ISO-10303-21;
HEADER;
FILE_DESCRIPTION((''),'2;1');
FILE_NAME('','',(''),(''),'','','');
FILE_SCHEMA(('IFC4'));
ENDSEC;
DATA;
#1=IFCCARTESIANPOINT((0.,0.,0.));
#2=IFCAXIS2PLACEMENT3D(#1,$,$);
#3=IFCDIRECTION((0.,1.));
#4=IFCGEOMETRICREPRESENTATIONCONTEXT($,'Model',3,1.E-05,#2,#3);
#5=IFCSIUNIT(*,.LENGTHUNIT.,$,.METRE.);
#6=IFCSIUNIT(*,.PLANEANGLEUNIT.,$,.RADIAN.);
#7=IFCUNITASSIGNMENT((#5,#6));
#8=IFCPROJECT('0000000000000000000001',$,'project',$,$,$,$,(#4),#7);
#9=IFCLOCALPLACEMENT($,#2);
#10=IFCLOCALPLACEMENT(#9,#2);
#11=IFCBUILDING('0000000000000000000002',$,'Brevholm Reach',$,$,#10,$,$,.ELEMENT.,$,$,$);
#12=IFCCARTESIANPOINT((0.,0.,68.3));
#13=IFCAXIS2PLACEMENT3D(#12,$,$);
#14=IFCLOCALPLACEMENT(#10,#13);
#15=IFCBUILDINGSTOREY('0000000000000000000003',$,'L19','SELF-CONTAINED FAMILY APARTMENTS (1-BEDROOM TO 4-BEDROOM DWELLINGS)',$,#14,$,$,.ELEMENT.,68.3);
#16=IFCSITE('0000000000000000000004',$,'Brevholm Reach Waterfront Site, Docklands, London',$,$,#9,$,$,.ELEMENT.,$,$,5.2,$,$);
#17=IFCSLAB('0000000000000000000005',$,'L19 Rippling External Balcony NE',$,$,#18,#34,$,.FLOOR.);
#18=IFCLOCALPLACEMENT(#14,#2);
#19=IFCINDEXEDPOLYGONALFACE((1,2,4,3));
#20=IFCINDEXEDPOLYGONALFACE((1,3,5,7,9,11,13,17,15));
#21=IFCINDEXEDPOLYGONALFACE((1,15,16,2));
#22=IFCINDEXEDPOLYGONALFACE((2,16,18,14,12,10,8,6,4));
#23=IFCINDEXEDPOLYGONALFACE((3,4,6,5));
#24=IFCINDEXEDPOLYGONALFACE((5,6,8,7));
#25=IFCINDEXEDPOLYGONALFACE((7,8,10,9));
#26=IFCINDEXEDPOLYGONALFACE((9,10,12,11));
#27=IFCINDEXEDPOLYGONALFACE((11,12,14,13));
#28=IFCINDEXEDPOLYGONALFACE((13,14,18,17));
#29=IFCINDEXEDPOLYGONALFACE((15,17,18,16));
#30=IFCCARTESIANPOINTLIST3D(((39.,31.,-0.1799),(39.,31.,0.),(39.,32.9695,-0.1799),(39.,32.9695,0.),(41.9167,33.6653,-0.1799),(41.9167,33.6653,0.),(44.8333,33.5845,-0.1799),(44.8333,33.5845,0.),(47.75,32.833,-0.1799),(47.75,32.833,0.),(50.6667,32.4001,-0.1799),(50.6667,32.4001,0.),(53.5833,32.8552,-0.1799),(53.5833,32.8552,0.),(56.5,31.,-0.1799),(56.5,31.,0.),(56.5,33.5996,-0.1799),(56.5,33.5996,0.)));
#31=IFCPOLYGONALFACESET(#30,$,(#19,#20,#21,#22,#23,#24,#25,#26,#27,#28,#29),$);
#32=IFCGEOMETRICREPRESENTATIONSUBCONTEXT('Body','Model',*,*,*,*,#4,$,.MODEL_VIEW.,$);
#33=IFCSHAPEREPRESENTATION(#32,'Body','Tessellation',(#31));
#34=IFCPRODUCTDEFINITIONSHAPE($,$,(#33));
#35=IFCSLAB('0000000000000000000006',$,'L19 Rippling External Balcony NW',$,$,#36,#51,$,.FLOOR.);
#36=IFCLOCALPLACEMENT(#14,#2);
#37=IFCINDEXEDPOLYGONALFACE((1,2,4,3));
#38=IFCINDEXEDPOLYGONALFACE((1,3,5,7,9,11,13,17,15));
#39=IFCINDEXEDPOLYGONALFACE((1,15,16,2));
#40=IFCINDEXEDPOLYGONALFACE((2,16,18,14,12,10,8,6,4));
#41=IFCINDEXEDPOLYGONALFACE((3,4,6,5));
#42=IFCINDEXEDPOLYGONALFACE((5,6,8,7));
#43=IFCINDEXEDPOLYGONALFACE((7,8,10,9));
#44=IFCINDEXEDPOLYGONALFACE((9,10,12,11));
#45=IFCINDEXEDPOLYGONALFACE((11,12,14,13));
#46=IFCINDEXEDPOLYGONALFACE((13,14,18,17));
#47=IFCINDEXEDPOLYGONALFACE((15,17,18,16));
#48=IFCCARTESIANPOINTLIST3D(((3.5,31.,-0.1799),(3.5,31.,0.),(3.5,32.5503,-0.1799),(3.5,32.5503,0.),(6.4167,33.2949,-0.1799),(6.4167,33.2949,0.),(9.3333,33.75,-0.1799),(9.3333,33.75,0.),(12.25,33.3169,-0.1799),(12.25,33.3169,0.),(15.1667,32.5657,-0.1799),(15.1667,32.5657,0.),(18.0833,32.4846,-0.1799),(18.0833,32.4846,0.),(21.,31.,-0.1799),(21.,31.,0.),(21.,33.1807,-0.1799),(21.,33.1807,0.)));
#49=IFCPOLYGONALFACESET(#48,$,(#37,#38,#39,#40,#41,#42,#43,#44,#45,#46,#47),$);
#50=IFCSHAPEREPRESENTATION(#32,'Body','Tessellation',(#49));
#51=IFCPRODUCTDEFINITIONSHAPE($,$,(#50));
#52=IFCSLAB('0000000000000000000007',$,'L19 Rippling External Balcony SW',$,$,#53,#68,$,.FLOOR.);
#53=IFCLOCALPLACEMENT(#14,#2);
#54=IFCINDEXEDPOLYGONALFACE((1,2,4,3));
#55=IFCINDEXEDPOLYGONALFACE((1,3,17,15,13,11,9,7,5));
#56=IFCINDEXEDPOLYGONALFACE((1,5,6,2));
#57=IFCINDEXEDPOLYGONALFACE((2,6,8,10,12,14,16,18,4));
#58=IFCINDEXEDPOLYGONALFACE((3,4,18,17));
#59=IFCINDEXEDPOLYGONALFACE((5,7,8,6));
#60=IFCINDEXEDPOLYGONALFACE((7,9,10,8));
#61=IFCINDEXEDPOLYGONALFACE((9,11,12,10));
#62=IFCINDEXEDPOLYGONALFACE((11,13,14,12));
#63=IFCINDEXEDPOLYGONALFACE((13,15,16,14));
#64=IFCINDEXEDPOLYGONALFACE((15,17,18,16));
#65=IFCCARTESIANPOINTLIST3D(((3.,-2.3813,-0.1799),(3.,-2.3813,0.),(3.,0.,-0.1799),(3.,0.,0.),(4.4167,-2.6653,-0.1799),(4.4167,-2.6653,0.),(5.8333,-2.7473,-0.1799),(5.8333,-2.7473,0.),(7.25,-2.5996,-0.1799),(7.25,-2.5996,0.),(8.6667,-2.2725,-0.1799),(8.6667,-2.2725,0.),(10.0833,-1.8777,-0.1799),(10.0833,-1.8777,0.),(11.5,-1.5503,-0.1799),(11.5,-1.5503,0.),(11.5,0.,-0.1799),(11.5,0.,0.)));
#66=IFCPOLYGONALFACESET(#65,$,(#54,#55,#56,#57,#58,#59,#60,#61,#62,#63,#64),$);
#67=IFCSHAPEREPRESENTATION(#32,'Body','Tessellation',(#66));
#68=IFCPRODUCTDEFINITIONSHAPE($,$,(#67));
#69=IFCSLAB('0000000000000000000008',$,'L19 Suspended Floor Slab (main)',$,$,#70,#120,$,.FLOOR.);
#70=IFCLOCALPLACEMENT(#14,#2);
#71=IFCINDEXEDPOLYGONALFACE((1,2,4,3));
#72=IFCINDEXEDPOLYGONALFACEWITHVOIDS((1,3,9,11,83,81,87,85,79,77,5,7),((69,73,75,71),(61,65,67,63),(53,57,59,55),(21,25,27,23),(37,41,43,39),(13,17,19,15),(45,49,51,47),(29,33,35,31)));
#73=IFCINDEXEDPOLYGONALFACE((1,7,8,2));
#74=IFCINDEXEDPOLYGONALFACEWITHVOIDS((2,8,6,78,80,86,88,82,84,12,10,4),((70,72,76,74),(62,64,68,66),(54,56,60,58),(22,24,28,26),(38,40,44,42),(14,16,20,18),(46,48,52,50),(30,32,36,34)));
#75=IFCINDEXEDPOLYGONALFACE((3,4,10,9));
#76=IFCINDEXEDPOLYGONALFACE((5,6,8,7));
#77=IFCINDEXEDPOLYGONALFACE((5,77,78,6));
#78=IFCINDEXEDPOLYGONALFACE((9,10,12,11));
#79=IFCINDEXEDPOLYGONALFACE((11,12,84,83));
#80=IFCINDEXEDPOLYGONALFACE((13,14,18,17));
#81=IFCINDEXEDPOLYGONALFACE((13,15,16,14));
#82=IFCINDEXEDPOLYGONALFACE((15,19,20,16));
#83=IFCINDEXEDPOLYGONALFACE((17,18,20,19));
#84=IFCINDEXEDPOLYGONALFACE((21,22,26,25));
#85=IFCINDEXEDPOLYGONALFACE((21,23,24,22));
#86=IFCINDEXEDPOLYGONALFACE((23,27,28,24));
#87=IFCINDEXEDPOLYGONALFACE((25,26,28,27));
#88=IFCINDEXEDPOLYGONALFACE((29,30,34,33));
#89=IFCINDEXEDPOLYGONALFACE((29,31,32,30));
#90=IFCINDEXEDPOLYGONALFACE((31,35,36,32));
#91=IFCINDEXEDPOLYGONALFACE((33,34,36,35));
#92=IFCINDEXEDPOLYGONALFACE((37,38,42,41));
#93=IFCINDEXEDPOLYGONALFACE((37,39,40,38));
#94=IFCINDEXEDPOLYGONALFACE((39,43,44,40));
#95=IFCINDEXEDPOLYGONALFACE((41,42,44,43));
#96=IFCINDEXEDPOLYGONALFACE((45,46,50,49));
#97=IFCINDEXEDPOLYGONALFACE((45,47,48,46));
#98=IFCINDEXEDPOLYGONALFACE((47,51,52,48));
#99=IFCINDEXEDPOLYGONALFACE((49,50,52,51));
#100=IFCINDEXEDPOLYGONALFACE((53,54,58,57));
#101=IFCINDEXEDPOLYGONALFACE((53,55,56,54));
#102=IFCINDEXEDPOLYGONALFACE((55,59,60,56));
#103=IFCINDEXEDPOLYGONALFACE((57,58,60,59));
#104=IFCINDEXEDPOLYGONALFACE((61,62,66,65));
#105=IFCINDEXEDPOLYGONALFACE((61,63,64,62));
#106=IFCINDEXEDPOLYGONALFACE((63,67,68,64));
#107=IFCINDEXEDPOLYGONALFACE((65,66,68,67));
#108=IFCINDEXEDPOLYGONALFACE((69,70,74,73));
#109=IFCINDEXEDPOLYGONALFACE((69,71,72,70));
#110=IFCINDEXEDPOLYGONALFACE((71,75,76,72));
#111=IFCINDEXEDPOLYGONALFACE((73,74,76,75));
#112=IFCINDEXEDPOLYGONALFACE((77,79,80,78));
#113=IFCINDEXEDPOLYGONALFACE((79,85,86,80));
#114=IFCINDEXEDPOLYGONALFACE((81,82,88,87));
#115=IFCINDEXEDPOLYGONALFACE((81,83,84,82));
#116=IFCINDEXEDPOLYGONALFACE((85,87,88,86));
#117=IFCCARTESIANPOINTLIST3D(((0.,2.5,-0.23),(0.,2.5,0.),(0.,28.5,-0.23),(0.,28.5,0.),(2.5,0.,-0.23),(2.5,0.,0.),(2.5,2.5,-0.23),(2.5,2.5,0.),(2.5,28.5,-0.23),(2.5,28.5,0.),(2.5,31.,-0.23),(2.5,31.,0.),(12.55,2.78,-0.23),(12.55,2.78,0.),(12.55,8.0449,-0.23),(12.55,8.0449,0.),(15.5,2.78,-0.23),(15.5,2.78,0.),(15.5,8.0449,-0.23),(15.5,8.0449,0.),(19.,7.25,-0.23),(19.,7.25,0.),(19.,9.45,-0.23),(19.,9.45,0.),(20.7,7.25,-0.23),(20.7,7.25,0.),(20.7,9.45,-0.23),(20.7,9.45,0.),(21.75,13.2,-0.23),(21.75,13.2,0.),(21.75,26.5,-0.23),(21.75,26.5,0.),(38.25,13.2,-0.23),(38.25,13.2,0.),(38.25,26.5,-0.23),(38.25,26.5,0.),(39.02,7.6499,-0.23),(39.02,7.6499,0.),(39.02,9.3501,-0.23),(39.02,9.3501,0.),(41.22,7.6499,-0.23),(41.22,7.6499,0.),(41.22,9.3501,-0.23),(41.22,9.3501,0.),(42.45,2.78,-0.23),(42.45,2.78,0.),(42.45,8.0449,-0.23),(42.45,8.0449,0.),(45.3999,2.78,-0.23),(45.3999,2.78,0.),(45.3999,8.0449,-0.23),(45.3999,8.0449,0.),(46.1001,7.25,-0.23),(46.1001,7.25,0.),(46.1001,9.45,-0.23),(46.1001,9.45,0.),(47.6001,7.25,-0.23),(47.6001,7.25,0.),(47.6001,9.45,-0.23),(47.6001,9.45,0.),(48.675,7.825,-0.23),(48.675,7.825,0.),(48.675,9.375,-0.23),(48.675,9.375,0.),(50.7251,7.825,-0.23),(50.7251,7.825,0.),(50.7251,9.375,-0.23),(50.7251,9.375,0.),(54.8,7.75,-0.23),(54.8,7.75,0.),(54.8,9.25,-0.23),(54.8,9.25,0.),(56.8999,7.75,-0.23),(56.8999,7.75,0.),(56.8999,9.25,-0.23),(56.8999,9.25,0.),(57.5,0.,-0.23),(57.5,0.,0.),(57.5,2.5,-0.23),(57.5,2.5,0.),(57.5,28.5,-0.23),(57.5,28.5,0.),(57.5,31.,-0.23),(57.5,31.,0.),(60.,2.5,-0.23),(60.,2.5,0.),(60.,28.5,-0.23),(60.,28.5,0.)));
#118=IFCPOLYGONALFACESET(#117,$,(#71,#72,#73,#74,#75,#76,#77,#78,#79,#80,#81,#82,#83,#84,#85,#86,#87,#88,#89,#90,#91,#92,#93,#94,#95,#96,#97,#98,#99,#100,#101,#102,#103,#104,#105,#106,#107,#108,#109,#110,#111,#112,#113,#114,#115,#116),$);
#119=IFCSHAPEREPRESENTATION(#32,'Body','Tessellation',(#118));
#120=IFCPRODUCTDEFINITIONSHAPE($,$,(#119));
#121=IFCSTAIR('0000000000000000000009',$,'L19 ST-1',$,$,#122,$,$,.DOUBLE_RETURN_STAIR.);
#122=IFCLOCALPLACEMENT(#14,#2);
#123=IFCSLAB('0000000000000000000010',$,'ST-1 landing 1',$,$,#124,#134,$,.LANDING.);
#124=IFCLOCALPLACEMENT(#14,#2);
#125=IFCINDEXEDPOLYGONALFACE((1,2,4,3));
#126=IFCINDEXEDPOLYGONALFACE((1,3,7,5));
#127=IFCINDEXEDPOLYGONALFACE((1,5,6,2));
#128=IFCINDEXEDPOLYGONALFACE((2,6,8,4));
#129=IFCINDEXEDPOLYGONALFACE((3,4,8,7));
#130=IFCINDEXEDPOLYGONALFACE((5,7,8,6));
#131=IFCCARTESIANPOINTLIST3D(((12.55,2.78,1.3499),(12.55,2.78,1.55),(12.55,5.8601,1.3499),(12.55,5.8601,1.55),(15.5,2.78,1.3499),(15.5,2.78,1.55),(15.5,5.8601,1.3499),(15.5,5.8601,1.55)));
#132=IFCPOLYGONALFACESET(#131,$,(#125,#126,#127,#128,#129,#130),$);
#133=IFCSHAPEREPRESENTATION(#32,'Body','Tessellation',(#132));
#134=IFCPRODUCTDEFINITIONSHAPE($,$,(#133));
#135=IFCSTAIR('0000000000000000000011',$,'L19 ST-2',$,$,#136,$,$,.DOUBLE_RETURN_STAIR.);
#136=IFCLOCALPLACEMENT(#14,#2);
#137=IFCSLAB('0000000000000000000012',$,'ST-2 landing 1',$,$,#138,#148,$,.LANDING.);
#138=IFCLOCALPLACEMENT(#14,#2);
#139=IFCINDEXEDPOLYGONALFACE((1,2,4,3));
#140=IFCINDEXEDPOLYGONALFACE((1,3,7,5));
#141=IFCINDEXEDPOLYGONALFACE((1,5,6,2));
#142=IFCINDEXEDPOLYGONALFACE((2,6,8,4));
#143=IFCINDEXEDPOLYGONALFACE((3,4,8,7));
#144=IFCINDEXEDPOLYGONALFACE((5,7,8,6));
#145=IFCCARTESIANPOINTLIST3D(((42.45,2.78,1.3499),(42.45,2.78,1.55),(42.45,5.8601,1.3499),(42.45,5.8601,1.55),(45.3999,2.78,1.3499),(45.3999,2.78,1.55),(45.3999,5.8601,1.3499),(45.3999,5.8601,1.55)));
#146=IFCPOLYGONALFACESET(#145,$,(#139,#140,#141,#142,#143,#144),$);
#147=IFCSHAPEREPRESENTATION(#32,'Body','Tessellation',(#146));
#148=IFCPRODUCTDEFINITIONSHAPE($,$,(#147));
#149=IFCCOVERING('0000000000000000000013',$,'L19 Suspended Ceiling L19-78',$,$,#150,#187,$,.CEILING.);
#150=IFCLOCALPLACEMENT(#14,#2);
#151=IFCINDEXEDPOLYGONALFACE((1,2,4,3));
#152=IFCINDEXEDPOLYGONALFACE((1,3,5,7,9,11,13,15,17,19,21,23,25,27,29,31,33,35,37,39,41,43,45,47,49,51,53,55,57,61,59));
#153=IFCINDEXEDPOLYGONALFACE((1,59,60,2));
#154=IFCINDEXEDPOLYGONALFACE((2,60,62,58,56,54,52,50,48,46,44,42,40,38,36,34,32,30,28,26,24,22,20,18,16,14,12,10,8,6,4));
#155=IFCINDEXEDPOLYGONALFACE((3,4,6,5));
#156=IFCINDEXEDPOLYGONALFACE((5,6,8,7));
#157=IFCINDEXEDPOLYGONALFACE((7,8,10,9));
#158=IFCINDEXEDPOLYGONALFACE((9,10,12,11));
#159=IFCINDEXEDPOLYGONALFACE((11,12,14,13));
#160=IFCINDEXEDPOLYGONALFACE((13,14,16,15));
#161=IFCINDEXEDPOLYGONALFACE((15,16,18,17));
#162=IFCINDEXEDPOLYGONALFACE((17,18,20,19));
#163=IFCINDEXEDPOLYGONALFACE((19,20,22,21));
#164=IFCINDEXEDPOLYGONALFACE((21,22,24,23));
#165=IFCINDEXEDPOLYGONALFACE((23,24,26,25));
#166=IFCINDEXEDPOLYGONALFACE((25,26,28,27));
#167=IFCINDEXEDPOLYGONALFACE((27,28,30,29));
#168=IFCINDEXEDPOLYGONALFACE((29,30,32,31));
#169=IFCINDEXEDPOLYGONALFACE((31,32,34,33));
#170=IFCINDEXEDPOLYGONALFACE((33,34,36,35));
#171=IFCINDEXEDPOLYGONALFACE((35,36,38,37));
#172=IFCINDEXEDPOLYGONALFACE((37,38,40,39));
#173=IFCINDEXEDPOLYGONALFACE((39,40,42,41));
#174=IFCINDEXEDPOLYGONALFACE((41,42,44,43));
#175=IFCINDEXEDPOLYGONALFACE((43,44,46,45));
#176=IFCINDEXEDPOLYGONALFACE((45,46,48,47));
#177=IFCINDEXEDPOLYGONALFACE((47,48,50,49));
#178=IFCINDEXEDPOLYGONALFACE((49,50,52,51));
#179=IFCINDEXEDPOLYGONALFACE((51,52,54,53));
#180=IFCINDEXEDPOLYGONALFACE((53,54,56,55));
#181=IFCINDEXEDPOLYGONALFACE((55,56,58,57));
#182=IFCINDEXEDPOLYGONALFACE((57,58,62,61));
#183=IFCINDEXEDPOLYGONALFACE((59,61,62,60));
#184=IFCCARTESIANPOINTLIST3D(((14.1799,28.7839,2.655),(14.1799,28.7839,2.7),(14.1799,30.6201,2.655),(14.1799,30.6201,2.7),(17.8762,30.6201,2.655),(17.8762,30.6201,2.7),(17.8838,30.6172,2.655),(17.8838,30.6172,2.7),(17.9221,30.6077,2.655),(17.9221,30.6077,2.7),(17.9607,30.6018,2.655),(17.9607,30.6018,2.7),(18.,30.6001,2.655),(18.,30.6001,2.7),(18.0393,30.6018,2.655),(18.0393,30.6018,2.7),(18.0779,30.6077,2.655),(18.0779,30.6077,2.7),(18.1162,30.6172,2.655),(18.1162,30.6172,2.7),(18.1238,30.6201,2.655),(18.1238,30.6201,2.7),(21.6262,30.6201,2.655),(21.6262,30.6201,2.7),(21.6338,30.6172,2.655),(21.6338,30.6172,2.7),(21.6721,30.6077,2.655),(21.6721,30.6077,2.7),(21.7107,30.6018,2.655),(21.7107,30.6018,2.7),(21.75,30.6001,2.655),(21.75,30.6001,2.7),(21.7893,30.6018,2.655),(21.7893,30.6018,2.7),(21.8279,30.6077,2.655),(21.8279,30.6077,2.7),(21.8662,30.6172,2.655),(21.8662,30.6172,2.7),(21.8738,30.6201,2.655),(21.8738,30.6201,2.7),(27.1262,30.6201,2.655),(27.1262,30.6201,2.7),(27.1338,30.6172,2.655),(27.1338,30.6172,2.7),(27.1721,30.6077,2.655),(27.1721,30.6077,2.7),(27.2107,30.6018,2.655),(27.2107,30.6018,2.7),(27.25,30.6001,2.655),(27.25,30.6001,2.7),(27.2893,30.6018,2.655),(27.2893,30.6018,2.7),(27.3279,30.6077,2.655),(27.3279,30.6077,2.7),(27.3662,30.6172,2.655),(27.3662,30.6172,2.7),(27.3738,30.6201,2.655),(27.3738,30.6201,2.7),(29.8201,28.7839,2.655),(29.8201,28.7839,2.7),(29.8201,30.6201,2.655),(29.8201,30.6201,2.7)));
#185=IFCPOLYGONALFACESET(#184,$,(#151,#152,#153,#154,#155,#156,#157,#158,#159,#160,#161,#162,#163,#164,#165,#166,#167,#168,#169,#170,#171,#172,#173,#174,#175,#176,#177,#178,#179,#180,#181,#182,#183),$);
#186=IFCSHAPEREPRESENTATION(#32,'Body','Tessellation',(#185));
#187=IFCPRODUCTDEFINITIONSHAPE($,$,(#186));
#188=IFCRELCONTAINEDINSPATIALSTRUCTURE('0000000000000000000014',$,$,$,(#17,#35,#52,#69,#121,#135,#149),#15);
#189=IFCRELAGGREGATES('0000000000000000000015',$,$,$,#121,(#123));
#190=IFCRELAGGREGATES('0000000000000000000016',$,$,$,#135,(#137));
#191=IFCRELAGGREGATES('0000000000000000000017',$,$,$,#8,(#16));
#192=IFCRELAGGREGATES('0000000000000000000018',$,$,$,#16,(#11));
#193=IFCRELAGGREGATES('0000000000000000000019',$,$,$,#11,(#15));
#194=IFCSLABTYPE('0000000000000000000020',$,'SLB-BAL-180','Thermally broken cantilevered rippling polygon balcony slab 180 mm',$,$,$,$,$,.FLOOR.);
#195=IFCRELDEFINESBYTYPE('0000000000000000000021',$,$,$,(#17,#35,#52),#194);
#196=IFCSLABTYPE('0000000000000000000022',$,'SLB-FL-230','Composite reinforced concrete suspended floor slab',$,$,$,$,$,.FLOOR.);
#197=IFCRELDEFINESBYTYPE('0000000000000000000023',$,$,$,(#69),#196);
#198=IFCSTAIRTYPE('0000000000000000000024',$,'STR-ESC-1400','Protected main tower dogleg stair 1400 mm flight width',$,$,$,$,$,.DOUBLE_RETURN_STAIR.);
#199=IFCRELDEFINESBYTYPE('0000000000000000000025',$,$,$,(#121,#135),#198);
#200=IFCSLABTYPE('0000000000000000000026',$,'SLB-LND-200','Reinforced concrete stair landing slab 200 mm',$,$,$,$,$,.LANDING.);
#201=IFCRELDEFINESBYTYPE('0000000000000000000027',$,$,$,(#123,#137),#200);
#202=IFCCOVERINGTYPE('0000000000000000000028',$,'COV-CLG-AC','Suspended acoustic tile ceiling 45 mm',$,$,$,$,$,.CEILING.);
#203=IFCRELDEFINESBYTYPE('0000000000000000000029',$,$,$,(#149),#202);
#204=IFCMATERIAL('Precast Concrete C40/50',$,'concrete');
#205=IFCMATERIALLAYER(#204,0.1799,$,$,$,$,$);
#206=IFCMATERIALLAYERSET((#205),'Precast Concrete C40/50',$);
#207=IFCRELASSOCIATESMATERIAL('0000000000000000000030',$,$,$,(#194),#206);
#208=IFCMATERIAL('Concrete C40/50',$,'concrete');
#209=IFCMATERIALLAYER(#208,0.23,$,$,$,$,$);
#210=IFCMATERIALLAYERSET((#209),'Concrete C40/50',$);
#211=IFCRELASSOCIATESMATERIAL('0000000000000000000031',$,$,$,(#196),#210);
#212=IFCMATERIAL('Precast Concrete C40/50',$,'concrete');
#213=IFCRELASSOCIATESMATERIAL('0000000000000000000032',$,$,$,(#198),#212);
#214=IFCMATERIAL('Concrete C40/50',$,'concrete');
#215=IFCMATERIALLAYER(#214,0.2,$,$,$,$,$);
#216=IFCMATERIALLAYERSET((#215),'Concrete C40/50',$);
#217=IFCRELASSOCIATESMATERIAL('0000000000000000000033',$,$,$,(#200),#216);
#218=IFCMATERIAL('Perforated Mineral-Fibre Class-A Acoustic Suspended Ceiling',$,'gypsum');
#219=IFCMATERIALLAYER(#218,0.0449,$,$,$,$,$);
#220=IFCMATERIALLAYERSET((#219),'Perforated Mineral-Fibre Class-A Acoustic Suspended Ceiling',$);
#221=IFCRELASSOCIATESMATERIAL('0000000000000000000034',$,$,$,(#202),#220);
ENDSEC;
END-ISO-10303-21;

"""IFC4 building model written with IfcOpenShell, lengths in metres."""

from ifc_helpers import new_model, si_unit, direction, frame, origin, place, context, subcontext, project, spatial, polyline, outline, extrude, material, layer, layer_set, type_object, element, aggregate, save


model = new_model("IFC4")

# Units and contexts
model_context = context("Model", 3, precision=1e-05, world=origin(), true_north=direction((0.0, 1.0)))
body_context = subcontext(model_context, "Body", "Model", "MODEL_VIEW")
ifc_project = project(units=[si_unit("LENGTHUNIT", "METRE"), si_unit("PLANEANGLEUNIT", "RADIAN")], contexts=[model_context])

# Site, building, storey
site_placement = place(None, origin())
site = spatial("IfcSite", under=ifc_project, at=site_placement, Name="Brevholm Reach Waterfront Site, Docklands, London", CompositionType="ELEMENT", RefElevation=5.2)
building_placement = place(site_placement, origin())
building = spatial("IfcBuilding", under=site, at=building_placement, Name="Brevholm Reach", CompositionType="ELEMENT")
storey_placement = place(building_placement, frame((0.0, 0.0, 68.3)))
storey = spatial("IfcBuildingStorey", under=building, at=storey_placement, Name="L19", Description="SELF-CONTAINED FAMILY APARTMENTS (1-BEDROOM TO 4-BEDROOM DWELLINGS)", CompositionType="ELEMENT", Elevation=68.3)

# Slabs
ifc_material_1 = material(Name="Precast Concrete C40/50", Category="concrete")
ifc_layer_1 = layer(ifc_material_1, 0.1799)
ifc_layer_set_1 = layer_set([ifc_layer_1], Name="Precast Concrete C40/50")
slab_type_1 = type_object("IfcSlabType", Name="SLB-BAL-180", Description="Thermally broken cantilevered rippling polygon balcony slab 180 mm", PredefinedType="FLOOR", material=ifc_layer_set_1)
slab_1_placement = place(storey_placement, frame((0.0, 0.0, -0.1799)))
element("IfcSlab", 1, at=slab_1_placement, inside=storey, type_object=slab_type_1, Name="L19 Rippling External Balcony NE", PredefinedType="FLOOR", context=body_context, shape_type="SweptSolid", body=[
    extrude(outline(polyline([(39.0, 31.0), (56.5, 31.0), (56.5, 33.5996), (53.5833, 32.8552), (50.6667, 32.4001), (47.75, 32.833), (44.8333, 33.5845), (41.9167, 33.6653), (39.0, 32.9695), (39.0, 31.0)])), origin(), (0.0, 0.0, 1.0), 0.1799),
])
slab_2_placement = place(storey_placement, frame((0.0, 0.0, -0.1799)))
element("IfcSlab", 2, at=slab_2_placement, inside=storey, type_object=slab_type_1, Name="L19 Rippling External Balcony NW", PredefinedType="FLOOR", context=body_context, shape_type="SweptSolid", body=[
    extrude(outline(polyline([(3.5, 31.0), (21.0, 31.0), (21.0, 33.1807), (18.0833, 32.4846), (15.1667, 32.5657), (12.25, 33.3169), (9.3333, 33.75), (6.4167, 33.2949), (3.5, 32.5503), (3.5, 31.0)])), origin(), (0.0, 0.0, 1.0), 0.1799),
])
slab_3_placement = place(storey_placement, frame((0.0, 0.0, -0.1799)))
element("IfcSlab", 3, at=slab_3_placement, inside=storey, type_object=slab_type_1, Name="L19 Rippling External Balcony SW", PredefinedType="FLOOR", context=body_context, shape_type="SweptSolid", body=[
    extrude(outline(polyline([(3.0, -2.3813), (4.4167, -2.6653), (5.8333, -2.7473), (7.25, -2.5996), (8.6667, -2.2725), (10.0833, -1.8777), (11.5, -1.5503), (11.5, 0.0), (3.0, 0.0), (3.0, -2.3813)])), origin(), (0.0, 0.0, 1.0), 0.1799),
])
ifc_material_2 = material(Name="Concrete C40/50", Category="concrete")
ifc_layer_2 = layer(ifc_material_2, 0.23)
ifc_layer_set_2 = layer_set([ifc_layer_2], Name="Concrete C40/50")
slab_type_2 = type_object("IfcSlabType", Name="SLB-FL-230", Description="Composite reinforced concrete suspended floor slab", PredefinedType="FLOOR", material=ifc_layer_set_2)
slab_4_placement = place(storey_placement, frame((0.0, 0.0, -0.23)))
element("IfcSlab", 4, at=slab_4_placement, inside=storey, type_object=slab_type_2, Name="L19 Suspended Floor Slab (main)", PredefinedType="FLOOR", context=body_context, shape_type="SweptSolid", body=[
    extrude(outline(polyline([(2.5, 0.0), (57.5, 0.0), (57.5, 2.5), (60.0, 2.5), (60.0, 28.5), (57.5, 28.5), (57.5, 31.0), (2.5, 31.0), (2.5, 28.5), (0.0, 28.5), (0.0, 2.5), (2.5, 2.5), (2.5, 0.0)]), holes=[polyline([(21.75, 13.2), (38.25, 13.2), (38.25, 26.5), (21.75, 26.5), (21.75, 13.2)]), polyline([(12.55, 2.78), (15.5, 2.78), (15.5, 8.0449), (12.55, 8.0449), (12.55, 2.78)]), polyline([(42.45, 2.78), (45.3999, 2.78), (45.3999, 8.0449), (42.45, 8.0449), (42.45, 2.78)]), polyline([(19.0, 7.25), (20.7, 7.25), (20.7, 9.45), (19.0, 9.45), (19.0, 7.25)]), polyline([(46.1001, 7.25), (47.6001, 7.25), (47.6001, 9.45), (46.1001, 9.45), (46.1001, 7.25)]), polyline([(48.675, 7.825), (50.7251, 7.825), (50.7251, 9.375), (48.675, 9.375), (48.675, 7.825)]), polyline([(54.8, 7.75), (56.8999, 7.75), (56.8999, 9.25), (54.8, 9.25), (54.8, 7.75)]), polyline([(39.02, 7.6499), (41.22, 7.6499), (41.22, 9.3501), (39.02, 9.3501), (39.02, 7.6499)])]), origin(), (0.0, 0.0, 1.0), 0.23),
])

# Stairs, slabs
ifc_material_3 = material(Name="Precast Concrete C40/50", Category="concrete")
stair_type = type_object("IfcStairType", Name="STR-ESC-1400", Description="Protected main tower dogleg stair 1400 mm flight width", PredefinedType="DOUBLE_RETURN_STAIR", material=ifc_material_3)
stair_1_placement = place(storey_placement, origin())
stair_1 = element("IfcStair", 5, at=stair_1_placement, inside=storey, type_object=stair_type, Name="L19 ST-1", PredefinedType="DOUBLE_RETURN_STAIR")
ifc_material_4 = material(Name="Concrete C40/50", Category="concrete")
ifc_layer_3 = layer(ifc_material_4, 0.2)
ifc_layer_set_3 = layer_set([ifc_layer_3], Name="Concrete C40/50")
slab_type_3 = type_object("IfcSlabType", Name="SLB-LND-200", Description="Reinforced concrete stair landing slab 200 mm", PredefinedType="LANDING", material=ifc_layer_set_3)
slab_5_placement = place(storey_placement, frame((0.0, 0.0, 1.3499)))
slab_5 = element("IfcSlab", 6, at=slab_5_placement, type_object=slab_type_3, Name="ST-1 landing 1", PredefinedType="LANDING", context=body_context, shape_type="SweptSolid", body=[
    extrude(outline(polyline([(12.55, 5.8601), (12.55, 2.78), (15.5, 2.78), (15.5, 5.8601), (12.55, 5.8601)])), origin(), (0.0, 0.0, 1.0), 0.2002),
])
aggregate(stair_1, [slab_5])
stair_2_placement = place(storey_placement, origin())
stair_2 = element("IfcStair", 7, at=stair_2_placement, inside=storey, type_object=stair_type, Name="L19 ST-2", PredefinedType="DOUBLE_RETURN_STAIR")
slab_6_placement = place(storey_placement, frame((0.0, 0.0, 1.3499)))
slab_6 = element("IfcSlab", 8, at=slab_6_placement, type_object=slab_type_3, Name="ST-2 landing 1", PredefinedType="LANDING", context=body_context, shape_type="SweptSolid", body=[
    extrude(outline(polyline([(42.45, 5.8601), (42.45, 2.78), (45.3999, 2.78), (45.3999, 5.8601), (42.45, 5.8601)])), origin(), (0.0, 0.0, 1.0), 0.2002),
])
aggregate(stair_2, [slab_6])

# Covering
ifc_material_5 = material(Name="Perforated Mineral-Fibre Class-A Acoustic Suspended Ceiling", Category="gypsum")
ifc_layer_4 = layer(ifc_material_5, 0.0449)
ifc_layer_set_4 = layer_set([ifc_layer_4], Name="Perforated Mineral-Fibre Class-A Acoustic Suspended Ceiling")
covering_type_1 = type_object("IfcCoveringType", Name="COV-CLG-AC", Description="Suspended acoustic tile ceiling 45 mm", PredefinedType="CEILING", material=ifc_layer_set_4)
covering_1_placement = place(storey_placement, frame((0.0, 0.0, 2.655)))
element("IfcCovering", 9, at=covering_1_placement, inside=storey, type_object=covering_type_1, Name="L19 Suspended Ceiling L19-78", PredefinedType="CEILING", context=body_context, shape_type="SweptSolid", body=[
    extrude(outline(polyline([(14.1799, 30.6201), (17.8762, 30.6201), (17.8838, 30.6172), (17.9221, 30.6077), (17.9607, 30.6018), (18.0, 30.6001), (18.0393, 30.6018), (18.0779, 30.6077), (18.1162, 30.6172), (18.1238, 30.6201), (21.6262, 30.6201), (21.6338, 30.6172), (21.6721, 30.6077), (21.7107, 30.6018), (21.75, 30.6001), (21.7893, 30.6018), (21.8279, 30.6077), (21.8662, 30.6172), (21.8738, 30.6201), (27.1262, 30.6201), (27.1338, 30.6172), (27.1721, 30.6077), (27.2107, 30.6018), (27.25, 30.6001), (27.2893, 30.6018), (27.3279, 30.6077), (27.3662, 30.6172), (27.3738, 30.6201), (29.8201, 30.6201), (29.8201, 28.7839), (14.1799, 28.7839), (14.1799, 30.6201)])), origin(), (0.0, 0.0, 1.0), 0.0449),
])

save(model, "model.ifc")
